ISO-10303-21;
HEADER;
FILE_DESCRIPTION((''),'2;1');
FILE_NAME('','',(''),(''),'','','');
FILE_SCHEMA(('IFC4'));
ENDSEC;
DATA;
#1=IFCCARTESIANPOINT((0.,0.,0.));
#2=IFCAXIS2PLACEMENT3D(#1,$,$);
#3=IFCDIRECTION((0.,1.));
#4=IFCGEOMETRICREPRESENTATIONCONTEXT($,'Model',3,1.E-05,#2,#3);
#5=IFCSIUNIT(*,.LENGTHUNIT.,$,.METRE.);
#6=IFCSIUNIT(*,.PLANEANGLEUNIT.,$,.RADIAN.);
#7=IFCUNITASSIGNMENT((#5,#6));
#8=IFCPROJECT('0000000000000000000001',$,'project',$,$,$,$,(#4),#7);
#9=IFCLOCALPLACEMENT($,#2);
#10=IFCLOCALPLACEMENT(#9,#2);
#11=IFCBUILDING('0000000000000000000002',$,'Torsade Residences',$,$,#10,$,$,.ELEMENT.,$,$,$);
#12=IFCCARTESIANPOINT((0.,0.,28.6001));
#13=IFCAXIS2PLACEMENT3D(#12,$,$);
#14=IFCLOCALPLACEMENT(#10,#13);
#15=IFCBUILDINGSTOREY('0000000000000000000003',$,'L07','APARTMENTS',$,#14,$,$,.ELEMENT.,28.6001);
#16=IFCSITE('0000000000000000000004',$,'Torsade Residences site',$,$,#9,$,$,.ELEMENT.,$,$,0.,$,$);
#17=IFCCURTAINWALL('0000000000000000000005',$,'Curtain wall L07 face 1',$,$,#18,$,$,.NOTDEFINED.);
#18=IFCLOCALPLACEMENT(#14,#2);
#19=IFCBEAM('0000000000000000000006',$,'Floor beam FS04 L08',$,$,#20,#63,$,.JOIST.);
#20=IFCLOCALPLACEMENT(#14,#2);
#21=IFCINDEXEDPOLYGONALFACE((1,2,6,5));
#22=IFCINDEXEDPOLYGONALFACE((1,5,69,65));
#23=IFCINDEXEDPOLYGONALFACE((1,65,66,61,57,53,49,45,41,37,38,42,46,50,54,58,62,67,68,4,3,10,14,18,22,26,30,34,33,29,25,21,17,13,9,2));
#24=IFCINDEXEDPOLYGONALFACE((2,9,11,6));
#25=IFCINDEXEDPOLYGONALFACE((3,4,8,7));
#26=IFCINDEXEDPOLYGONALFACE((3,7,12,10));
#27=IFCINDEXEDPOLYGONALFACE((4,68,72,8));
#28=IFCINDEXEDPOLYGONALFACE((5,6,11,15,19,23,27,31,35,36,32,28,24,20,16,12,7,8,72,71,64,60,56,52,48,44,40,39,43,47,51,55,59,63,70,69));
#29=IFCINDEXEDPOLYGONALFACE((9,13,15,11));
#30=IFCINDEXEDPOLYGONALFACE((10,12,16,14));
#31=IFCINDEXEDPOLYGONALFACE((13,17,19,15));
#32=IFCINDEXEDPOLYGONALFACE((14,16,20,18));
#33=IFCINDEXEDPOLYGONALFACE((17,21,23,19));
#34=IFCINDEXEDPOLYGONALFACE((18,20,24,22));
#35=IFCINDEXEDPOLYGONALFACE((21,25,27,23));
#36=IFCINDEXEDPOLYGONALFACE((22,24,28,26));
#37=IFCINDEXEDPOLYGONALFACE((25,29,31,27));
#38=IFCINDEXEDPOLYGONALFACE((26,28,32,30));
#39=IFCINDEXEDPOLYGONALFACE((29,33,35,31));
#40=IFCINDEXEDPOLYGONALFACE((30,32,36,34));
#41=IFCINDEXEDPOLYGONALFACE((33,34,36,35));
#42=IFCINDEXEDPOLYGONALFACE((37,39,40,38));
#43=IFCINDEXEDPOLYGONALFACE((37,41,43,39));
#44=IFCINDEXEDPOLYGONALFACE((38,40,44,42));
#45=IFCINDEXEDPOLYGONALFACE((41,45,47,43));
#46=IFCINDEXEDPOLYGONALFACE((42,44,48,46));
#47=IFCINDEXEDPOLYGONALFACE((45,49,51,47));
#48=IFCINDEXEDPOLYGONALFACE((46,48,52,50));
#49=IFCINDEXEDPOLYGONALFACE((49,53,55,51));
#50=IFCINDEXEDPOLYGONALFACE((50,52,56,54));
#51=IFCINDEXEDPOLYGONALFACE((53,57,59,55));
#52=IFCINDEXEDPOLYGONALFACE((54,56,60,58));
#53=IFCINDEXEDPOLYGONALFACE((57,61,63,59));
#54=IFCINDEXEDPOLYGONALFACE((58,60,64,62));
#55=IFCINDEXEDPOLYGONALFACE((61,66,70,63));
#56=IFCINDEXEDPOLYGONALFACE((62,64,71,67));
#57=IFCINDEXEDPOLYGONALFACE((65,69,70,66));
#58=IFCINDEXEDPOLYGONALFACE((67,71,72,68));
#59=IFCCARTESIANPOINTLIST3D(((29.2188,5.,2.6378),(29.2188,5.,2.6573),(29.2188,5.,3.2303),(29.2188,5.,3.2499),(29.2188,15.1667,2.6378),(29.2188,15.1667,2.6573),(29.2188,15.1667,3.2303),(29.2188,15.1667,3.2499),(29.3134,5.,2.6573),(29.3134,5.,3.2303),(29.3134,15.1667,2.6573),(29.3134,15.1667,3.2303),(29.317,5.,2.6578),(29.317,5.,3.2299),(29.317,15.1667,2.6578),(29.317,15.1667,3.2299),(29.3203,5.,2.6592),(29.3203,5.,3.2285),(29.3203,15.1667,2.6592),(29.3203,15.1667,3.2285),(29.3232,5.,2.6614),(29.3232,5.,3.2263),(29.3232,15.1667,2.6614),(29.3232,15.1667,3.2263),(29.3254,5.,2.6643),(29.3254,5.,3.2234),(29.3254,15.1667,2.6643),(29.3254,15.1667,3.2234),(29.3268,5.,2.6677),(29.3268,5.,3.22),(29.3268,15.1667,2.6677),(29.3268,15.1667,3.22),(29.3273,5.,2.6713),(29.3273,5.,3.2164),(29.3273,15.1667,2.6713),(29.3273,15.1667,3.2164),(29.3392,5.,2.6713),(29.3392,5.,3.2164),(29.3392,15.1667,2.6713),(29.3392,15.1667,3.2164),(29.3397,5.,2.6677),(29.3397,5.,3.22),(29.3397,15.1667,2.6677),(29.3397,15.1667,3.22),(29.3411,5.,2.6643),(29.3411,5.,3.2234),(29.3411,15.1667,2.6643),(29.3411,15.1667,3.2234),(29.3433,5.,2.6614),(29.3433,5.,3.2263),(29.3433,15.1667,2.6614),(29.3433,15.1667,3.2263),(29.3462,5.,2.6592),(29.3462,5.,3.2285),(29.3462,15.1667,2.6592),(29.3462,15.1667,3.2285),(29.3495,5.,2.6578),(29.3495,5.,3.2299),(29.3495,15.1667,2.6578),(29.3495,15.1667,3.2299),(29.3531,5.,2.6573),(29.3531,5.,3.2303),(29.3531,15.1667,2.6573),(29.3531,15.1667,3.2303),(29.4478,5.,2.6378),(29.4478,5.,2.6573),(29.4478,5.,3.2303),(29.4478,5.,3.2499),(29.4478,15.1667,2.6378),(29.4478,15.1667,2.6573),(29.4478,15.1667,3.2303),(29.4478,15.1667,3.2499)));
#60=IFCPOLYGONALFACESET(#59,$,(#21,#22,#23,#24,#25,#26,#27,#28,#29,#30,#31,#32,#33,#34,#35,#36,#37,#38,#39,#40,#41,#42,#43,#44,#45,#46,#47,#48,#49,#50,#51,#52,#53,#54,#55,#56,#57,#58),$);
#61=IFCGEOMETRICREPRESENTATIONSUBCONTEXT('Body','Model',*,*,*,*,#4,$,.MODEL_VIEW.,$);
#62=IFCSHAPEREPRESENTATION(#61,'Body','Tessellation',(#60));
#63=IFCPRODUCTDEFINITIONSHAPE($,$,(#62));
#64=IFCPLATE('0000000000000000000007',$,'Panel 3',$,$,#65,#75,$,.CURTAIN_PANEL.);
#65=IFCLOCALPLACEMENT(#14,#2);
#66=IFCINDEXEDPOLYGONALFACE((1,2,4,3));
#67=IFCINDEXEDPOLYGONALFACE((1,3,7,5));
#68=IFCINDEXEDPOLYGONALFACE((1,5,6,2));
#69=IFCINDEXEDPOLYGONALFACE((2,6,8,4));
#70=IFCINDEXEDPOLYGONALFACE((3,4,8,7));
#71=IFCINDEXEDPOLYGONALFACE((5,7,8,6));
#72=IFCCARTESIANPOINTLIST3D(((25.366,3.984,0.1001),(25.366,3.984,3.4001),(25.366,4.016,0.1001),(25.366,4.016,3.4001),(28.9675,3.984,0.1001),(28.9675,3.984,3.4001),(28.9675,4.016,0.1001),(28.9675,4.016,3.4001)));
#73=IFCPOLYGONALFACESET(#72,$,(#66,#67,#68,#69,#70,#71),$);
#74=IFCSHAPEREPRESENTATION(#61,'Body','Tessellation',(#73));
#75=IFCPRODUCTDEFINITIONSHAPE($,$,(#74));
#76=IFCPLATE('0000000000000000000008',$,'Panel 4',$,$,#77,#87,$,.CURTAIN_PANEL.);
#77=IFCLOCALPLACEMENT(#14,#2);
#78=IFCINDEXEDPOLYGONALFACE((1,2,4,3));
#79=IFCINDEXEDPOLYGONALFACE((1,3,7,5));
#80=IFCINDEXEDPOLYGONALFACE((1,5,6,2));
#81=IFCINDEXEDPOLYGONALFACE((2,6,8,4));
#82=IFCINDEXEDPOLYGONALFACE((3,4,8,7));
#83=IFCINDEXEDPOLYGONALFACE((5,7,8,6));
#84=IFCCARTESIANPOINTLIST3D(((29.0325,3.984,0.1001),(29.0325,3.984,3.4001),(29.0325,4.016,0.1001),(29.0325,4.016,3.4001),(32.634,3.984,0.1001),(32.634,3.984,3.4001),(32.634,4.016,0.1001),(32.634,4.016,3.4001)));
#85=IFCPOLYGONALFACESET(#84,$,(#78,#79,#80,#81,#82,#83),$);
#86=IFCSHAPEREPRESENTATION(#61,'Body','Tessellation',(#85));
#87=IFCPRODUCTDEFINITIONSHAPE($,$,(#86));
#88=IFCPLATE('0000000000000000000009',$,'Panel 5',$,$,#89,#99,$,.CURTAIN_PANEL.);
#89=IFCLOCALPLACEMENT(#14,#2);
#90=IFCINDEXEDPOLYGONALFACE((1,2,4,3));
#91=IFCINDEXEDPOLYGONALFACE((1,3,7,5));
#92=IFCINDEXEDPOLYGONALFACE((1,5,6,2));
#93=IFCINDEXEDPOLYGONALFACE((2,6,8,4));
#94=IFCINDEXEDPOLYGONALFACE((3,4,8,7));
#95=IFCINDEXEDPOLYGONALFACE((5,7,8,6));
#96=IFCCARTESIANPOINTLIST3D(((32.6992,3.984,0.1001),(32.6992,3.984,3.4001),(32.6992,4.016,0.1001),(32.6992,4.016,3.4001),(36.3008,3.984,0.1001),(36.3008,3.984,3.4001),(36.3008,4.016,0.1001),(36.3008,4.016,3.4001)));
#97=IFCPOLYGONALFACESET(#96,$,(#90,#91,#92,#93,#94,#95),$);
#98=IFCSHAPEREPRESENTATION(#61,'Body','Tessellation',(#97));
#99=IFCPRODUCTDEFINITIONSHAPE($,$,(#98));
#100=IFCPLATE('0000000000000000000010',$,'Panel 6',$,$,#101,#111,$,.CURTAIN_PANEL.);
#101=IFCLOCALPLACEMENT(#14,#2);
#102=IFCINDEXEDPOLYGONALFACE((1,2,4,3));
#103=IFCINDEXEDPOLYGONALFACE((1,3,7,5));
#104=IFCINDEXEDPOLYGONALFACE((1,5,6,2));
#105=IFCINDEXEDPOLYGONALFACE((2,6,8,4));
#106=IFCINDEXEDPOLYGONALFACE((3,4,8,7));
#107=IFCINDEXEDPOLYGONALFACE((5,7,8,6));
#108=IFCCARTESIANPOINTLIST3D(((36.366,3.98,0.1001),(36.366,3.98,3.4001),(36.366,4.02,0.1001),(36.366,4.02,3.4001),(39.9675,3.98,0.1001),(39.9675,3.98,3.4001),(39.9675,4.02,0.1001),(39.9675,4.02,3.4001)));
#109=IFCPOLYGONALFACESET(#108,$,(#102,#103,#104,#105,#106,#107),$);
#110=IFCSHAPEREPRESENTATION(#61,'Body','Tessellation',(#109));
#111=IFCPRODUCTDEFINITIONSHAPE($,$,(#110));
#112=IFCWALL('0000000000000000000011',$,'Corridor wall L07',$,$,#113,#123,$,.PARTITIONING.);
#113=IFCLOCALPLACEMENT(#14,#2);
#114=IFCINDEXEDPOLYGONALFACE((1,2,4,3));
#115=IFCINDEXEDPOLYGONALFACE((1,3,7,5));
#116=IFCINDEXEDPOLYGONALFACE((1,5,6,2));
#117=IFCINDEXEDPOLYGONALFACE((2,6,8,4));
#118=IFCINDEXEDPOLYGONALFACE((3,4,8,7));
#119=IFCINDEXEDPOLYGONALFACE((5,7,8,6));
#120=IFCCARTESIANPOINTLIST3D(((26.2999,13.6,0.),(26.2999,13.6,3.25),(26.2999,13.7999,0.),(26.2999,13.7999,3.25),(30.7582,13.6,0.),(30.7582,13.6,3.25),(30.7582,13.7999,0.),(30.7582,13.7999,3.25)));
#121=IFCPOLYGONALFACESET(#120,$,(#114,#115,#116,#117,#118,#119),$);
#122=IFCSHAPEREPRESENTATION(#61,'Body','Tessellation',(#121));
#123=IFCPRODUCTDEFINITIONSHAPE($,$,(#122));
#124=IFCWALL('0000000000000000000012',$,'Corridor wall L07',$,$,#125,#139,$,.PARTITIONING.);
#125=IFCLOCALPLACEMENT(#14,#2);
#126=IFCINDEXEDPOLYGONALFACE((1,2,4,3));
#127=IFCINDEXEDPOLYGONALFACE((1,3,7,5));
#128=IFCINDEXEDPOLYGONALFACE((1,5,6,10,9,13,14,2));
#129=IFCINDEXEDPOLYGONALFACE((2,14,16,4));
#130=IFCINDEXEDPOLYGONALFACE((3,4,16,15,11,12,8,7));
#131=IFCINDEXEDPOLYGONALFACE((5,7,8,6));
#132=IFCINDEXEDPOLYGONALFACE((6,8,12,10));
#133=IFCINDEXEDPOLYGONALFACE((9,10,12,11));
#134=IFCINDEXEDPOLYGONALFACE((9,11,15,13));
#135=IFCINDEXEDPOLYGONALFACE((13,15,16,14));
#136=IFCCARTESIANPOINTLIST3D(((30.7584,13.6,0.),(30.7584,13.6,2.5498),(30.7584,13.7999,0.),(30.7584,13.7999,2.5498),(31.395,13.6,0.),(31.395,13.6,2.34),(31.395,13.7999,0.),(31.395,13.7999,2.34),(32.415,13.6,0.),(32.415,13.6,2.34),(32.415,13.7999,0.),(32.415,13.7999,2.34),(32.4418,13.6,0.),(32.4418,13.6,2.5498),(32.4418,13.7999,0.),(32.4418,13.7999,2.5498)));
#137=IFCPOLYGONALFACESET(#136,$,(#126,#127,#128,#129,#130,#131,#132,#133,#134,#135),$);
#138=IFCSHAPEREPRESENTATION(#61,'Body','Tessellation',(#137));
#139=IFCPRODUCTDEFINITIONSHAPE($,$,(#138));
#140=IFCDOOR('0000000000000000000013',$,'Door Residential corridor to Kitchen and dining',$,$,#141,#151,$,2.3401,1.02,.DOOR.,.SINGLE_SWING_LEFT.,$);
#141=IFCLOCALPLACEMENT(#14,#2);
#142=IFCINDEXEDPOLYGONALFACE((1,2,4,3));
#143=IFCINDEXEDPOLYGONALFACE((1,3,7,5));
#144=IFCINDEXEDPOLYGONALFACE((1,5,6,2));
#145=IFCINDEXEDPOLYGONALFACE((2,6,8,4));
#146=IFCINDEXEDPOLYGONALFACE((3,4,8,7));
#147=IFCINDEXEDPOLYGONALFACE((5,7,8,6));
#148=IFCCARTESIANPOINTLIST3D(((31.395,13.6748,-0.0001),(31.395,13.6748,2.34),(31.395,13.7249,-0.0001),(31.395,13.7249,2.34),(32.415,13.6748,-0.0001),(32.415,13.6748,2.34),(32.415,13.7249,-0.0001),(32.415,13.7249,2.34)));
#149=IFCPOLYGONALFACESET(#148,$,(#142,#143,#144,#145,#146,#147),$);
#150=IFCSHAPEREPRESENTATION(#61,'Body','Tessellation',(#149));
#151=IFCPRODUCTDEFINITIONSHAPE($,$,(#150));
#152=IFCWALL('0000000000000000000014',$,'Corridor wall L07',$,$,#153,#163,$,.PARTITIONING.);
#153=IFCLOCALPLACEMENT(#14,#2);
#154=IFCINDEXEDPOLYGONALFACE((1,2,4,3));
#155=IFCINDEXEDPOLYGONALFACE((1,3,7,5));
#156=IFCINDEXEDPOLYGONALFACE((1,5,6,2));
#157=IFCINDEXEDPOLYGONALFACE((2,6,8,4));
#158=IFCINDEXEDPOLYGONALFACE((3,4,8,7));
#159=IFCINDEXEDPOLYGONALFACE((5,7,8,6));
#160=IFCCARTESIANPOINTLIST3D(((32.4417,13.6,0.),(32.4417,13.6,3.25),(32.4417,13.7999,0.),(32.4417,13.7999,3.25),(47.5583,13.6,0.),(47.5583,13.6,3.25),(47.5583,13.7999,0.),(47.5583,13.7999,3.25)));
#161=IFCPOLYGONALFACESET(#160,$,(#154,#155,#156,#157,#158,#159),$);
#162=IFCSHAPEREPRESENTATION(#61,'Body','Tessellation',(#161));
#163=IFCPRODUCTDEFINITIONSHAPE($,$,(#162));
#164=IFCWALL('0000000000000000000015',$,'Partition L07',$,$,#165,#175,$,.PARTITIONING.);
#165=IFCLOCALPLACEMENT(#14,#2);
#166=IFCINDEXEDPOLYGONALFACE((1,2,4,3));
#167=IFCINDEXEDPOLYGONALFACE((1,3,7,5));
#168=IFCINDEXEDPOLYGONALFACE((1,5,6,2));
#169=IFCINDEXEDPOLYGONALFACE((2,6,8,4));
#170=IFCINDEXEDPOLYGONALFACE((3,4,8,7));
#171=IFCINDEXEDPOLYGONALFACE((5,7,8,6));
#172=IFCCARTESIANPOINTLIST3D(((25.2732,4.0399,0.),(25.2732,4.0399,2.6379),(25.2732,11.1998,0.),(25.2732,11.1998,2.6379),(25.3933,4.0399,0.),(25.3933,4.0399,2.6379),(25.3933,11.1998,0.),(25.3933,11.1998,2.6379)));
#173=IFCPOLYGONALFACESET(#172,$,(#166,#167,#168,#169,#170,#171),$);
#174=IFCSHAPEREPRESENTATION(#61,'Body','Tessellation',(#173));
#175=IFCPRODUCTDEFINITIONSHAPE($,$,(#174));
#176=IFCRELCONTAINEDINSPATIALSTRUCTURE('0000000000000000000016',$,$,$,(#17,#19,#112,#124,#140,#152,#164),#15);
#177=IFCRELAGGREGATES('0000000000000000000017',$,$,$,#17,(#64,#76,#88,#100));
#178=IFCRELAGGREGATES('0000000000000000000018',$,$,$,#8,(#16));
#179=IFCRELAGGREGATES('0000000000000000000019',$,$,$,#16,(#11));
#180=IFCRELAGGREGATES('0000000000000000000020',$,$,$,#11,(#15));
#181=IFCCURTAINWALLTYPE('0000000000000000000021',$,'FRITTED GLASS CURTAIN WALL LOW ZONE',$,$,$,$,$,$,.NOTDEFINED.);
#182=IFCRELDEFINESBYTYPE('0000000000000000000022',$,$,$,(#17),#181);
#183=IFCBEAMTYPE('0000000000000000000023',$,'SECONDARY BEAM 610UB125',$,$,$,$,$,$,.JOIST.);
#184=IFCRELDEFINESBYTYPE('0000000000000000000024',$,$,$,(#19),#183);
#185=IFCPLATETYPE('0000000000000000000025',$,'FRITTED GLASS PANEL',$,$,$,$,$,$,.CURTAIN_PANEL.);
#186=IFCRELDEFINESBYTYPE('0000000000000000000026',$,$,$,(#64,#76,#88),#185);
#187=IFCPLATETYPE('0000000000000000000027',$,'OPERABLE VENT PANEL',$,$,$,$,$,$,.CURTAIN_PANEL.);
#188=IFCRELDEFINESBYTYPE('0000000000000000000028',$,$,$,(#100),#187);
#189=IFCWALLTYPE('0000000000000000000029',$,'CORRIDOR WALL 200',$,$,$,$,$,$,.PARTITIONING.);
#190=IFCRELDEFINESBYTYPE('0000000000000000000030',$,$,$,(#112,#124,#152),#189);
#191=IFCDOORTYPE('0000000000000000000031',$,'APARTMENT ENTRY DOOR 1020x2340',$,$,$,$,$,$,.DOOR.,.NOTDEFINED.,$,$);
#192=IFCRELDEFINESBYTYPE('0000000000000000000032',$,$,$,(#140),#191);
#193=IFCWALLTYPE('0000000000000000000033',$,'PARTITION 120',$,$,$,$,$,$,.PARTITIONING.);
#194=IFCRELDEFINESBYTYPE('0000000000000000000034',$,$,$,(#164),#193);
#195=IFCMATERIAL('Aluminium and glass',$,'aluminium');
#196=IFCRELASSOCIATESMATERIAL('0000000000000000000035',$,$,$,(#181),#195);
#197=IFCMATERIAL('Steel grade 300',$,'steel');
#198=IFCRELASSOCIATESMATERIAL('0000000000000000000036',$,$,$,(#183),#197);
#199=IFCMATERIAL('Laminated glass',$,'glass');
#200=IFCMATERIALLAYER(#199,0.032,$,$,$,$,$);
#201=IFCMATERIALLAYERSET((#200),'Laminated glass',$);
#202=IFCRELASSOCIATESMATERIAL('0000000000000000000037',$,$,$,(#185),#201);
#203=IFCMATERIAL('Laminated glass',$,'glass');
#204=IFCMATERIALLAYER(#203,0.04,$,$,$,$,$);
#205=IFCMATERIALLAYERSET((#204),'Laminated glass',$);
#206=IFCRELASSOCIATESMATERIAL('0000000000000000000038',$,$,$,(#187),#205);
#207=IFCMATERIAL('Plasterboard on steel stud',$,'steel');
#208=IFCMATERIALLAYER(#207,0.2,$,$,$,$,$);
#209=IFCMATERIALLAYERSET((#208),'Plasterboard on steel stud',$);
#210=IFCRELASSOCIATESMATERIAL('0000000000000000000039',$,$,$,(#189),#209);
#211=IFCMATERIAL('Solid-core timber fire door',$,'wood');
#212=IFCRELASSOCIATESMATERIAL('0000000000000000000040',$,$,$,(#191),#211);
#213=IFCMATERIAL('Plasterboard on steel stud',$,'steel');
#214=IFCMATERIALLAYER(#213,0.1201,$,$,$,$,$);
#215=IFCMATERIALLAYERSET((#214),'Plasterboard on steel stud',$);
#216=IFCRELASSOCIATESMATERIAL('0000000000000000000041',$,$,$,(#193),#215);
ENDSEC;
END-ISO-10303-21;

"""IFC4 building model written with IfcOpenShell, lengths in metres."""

from ifc_helpers import new_model, si_unit, direction, frame, frame_2d, origin, origin_2d, place, context, subcontext, project, spatial, rectangle, i_section, extrude, material, layer, layer_set, material_profile, profile_set, type_object, element, fill, aggregate, save


model = new_model("IFC4")

# Units and contexts
model_context = context("Model", 3, precision=1e-05, world=origin(), true_north=direction((0.0, 1.0)))
body_context = subcontext(model_context, "Body", "Model", "MODEL_VIEW")
ifc_project = project(units=[si_unit("LENGTHUNIT", "METRE"), si_unit("PLANEANGLEUNIT", "RADIAN")], contexts=[model_context])

# Site, building, storey
site_placement = place(None, origin())
site = spatial("IfcSite", under=ifc_project, at=site_placement, Name="Torsade Residences site", CompositionType="ELEMENT", RefElevation=0.0)
building_placement = place(site_placement, origin())
building = spatial("IfcBuilding", under=site, at=building_placement, Name="Torsade Residences", CompositionType="ELEMENT")
storey_placement = place(building_placement, frame((0.0, 0.0, 28.6001)))
storey = spatial("IfcBuildingStorey", under=building, at=storey_placement, Name="L07", Description="APARTMENTS", CompositionType="ELEMENT", Elevation=28.6001)

# Curtain wall
ifc_material_1 = material(Name="Aluminium and glass", Category="aluminium")
curtain_wall_type = type_object("IfcCurtainWallType", Name="FRITTED GLASS CURTAIN WALL LOW ZONE", PredefinedType="NOTDEFINED", material=ifc_material_1)
curtain_wall_placement = place(storey_placement, origin())
curtain_wall = element("IfcCurtainWall", 1, at=curtain_wall_placement, inside=storey, type_object=curtain_wall_type, Name="Curtain wall L07 face 1", PredefinedType="NOTDEFINED")

# Beam
ifc_material_2 = material(Name="Steel grade 300", Category="steel")
ifc_material_profile_1 = material_profile(ifc_material_2, i_section(OverallWidth=0.229, OverallDepth=0.6121, WebThickness=0.012, FlangeThickness=0.0195, FilletRadius=0.0139, at=origin_2d()), Name="610UB125")
ifc_profile_set_1 = profile_set([ifc_material_profile_1], Name="Steel grade 300")
beam_type_1 = type_object("IfcBeamType", Name="SECONDARY BEAM 610UB125", PredefinedType="JOIST", material=ifc_profile_set_1)
beam_1_placement = place(storey_placement, frame((29.3333, 5.0, 2.9438), z_axis=(0.0, 1.0, 0.0), x_axis=(-1.0, 0.0, 0.0)))
element("IfcBeam", 2, at=beam_1_placement, inside=storey, type_object=beam_type_1, Name="Floor beam FS04 L08", PredefinedType="JOIST", context=body_context, shape_type="SweptSolid", body=[
    extrude(i_section(OverallWidth=0.229, OverallDepth=0.6121, WebThickness=0.012, FlangeThickness=0.0195, FilletRadius=0.0139, at=origin_2d()), origin(), (0.0, 0.0, 1.0), 10.1667),
])

# Plates
ifc_material_3 = material(Name="Laminated glass", Category="glass")
ifc_layer_1 = layer(ifc_material_3, 0.032)
ifc_layer_set_1 = layer_set([ifc_layer_1], Name="Laminated glass")
plate_type_1 = type_object("IfcPlateType", Name="FRITTED GLASS PANEL", PredefinedType="CURTAIN_PANEL", material=ifc_layer_set_1)
plate_1_placement = place(storey_placement, frame((27.1667, 4.0, 0.1001), z_axis=(0.0, 0.0, 1.0), x_axis=(1.0, 0.0, 0.0)))
plate_1 = element("IfcPlate", 3, at=plate_1_placement, type_object=plate_type_1, Name="Panel 3", PredefinedType="CURTAIN_PANEL", context=body_context, shape_type="SweptSolid", body=[
    extrude(rectangle(XDim=3.6016, YDim=0.032, at=origin_2d()), origin(), (0.0, 0.0, 1.0), 3.3),
])
plate_2_placement = place(storey_placement, frame((30.8333, 4.0, 0.1001), z_axis=(0.0, 0.0, 1.0), x_axis=(1.0, 0.0, 0.0)))
plate_2 = element("IfcPlate", 4, at=plate_2_placement, type_object=plate_type_1, Name="Panel 4", PredefinedType="CURTAIN_PANEL", context=body_context, shape_type="SweptSolid", body=[
    extrude(rectangle(XDim=3.6016, YDim=0.032, at=origin_2d()), origin(), (0.0, 0.0, 1.0), 3.3),
])
plate_3_placement = place(storey_placement, frame((34.5, 4.0, 0.1001), z_axis=(0.0, 0.0, 1.0), x_axis=(1.0, 0.0, 0.0)))
plate_3 = element("IfcPlate", 5, at=plate_3_placement, type_object=plate_type_1, Name="Panel 5", PredefinedType="CURTAIN_PANEL", context=body_context, shape_type="SweptSolid", body=[
    extrude(rectangle(XDim=3.6016, YDim=0.032, at=origin_2d()), origin(), (0.0, 0.0, 1.0), 3.3),
])
ifc_material_4 = material(Name="Laminated glass", Category="glass")
ifc_layer_2 = layer(ifc_material_4, 0.04)
ifc_layer_set_2 = layer_set([ifc_layer_2], Name="Laminated glass")
plate_type_2 = type_object("IfcPlateType", Name="OPERABLE VENT PANEL", PredefinedType="CURTAIN_PANEL", material=ifc_layer_set_2)
plate_4_placement = place(storey_placement, frame((38.1667, 4.0, 0.1001), z_axis=(0.0, 0.0, 1.0), x_axis=(1.0, 0.0, 0.0)))
plate_4 = element("IfcPlate", 6, at=plate_4_placement, type_object=plate_type_2, Name="Panel 6", PredefinedType="CURTAIN_PANEL", context=body_context, shape_type="SweptSolid", body=[
    extrude(rectangle(XDim=3.6016, YDim=0.04, at=origin_2d()), origin(), (0.0, 0.0, 1.0), 3.3),
])
aggregate(curtain_wall, [plate_1, plate_2, plate_3, plate_4])

# Wall
ifc_material_5 = material(Name="Plasterboard on steel stud", Category="steel")
ifc_layer_3 = layer(ifc_material_5, 0.2)
ifc_layer_set_3 = layer_set([ifc_layer_3], Name="Plasterboard on steel stud")
wall_type_1 = type_object("IfcWallType", Name="CORRIDOR WALL 200", PredefinedType="PARTITIONING", material=ifc_layer_set_3)
wall_1_placement = place(storey_placement, frame((26.3, 13.7, 0.0), z_axis=(0.0, 0.0, 1.0), x_axis=(1.0, 0.0, 0.0)))
element("IfcWall", 7, at=wall_1_placement, inside=storey, type_object=wall_type_1, Name="Corridor wall L07", PredefinedType="PARTITIONING", context=body_context, shape_type="SweptSolid", body=[
    extrude(rectangle(XDim=4.4583, YDim=0.2, at=frame_2d((2.229, 0.0))), origin(), (0.0, 0.0, 1.0), 3.25),
])

# Wall, opening, door
wall_2_placement = place(storey_placement, frame((30.7583, 13.7, 0.0), z_axis=(0.0, 0.0, 1.0), x_axis=(1.0, 0.0, 0.0)))
wall_2 = element("IfcWall", 8, at=wall_2_placement, inside=storey, type_object=wall_type_1, Name="Corridor wall L07", PredefinedType="PARTITIONING", context=body_context, shape_type="SweptSolid", body=[
    extrude(rectangle(XDim=1.6833, YDim=0.2, at=frame_2d((0.8418, 0.0))), origin(), (0.0, 0.0, 1.0), 2.5498),
])
opening_1_placement = place(wall_2_placement, frame((0.6367, 0.0, 0.0)))
opening_1 = element("IfcOpeningElement", 9, at=opening_1_placement, cuts=wall_2, PredefinedType="OPENING", context=body_context, shape_type="SweptSolid", body=[
    extrude(rectangle(XDim=1.02, YDim=2.3401, at=frame_2d((0.51, 1.1699))), frame((0.0, 0.1099, 0.0), z_axis=(0.0, -1.0, 0.0), x_axis=(1.0, 0.0, 0.0)), (0.0, 0.0, 1.0), 0.22),
])
ifc_material_6 = material(Name="Solid-core timber fire door", Category="wood")
door_type_1 = type_object("IfcDoorType", Name="APARTMENT ENTRY DOOR 1020x2340", OperationType="NOTDEFINED", PredefinedType="DOOR", material=ifc_material_6)
door_1_placement = place(opening_1_placement, origin())
door_1 = element("IfcDoor", 10, at=door_1_placement, inside=storey, type_object=door_type_1, Name="Door Residential corridor to Kitchen and dining", OperationType="SINGLE_SWING_LEFT", OverallHeight=2.3401, OverallWidth=1.02, PredefinedType="DOOR", context=body_context, shape_type="SweptSolid", body=[
    extrude(rectangle(XDim=1.02, YDim=2.3401, at=frame_2d((0.51, 1.1699))), frame((0.0, 0.0249, 0.0), z_axis=(0.0, -1.0, 0.0), x_axis=(1.0, 0.0, 0.0)), (0.0, 0.0, 1.0), 0.05),
])
fill(opening_1, door_1)

# Walls
wall_3_placement = place(storey_placement, frame((32.4417, 13.7, 0.0), z_axis=(0.0, 0.0, 1.0), x_axis=(1.0, 0.0, 0.0)))
element("IfcWall", 11, at=wall_3_placement, inside=storey, type_object=wall_type_1, Name="Corridor wall L07", PredefinedType="PARTITIONING", context=body_context, shape_type="SweptSolid", body=[
    extrude(rectangle(XDim=15.1167, YDim=0.2, at=frame_2d((7.5583, 0.0))), origin(), (0.0, 0.0, 1.0), 3.25),
])
ifc_material_7 = material(Name="Plasterboard on steel stud", Category="steel")
ifc_layer_4 = layer(ifc_material_7, 0.1201)
ifc_layer_set_4 = layer_set([ifc_layer_4], Name="Plasterboard on steel stud")
wall_type_2 = type_object("IfcWallType", Name="PARTITION 120", PredefinedType="PARTITIONING", material=ifc_layer_set_4)
wall_4_placement = place(storey_placement, frame((25.3333, 11.2, 0.0), z_axis=(0.0, 0.0, 1.0), x_axis=(0.0, -1.0, 0.0)))
element("IfcWall", 12, at=wall_4_placement, inside=storey, type_object=wall_type_2, Name="Partition L07", PredefinedType="PARTITIONING", context=body_context, shape_type="SweptSolid", body=[
    extrude(rectangle(XDim=7.1599, YDim=0.1201, at=frame_2d((3.5801, 0.0))), origin(), (0.0, 0.0, 1.0), 2.6379),
])

save(model, "model.ifc")
